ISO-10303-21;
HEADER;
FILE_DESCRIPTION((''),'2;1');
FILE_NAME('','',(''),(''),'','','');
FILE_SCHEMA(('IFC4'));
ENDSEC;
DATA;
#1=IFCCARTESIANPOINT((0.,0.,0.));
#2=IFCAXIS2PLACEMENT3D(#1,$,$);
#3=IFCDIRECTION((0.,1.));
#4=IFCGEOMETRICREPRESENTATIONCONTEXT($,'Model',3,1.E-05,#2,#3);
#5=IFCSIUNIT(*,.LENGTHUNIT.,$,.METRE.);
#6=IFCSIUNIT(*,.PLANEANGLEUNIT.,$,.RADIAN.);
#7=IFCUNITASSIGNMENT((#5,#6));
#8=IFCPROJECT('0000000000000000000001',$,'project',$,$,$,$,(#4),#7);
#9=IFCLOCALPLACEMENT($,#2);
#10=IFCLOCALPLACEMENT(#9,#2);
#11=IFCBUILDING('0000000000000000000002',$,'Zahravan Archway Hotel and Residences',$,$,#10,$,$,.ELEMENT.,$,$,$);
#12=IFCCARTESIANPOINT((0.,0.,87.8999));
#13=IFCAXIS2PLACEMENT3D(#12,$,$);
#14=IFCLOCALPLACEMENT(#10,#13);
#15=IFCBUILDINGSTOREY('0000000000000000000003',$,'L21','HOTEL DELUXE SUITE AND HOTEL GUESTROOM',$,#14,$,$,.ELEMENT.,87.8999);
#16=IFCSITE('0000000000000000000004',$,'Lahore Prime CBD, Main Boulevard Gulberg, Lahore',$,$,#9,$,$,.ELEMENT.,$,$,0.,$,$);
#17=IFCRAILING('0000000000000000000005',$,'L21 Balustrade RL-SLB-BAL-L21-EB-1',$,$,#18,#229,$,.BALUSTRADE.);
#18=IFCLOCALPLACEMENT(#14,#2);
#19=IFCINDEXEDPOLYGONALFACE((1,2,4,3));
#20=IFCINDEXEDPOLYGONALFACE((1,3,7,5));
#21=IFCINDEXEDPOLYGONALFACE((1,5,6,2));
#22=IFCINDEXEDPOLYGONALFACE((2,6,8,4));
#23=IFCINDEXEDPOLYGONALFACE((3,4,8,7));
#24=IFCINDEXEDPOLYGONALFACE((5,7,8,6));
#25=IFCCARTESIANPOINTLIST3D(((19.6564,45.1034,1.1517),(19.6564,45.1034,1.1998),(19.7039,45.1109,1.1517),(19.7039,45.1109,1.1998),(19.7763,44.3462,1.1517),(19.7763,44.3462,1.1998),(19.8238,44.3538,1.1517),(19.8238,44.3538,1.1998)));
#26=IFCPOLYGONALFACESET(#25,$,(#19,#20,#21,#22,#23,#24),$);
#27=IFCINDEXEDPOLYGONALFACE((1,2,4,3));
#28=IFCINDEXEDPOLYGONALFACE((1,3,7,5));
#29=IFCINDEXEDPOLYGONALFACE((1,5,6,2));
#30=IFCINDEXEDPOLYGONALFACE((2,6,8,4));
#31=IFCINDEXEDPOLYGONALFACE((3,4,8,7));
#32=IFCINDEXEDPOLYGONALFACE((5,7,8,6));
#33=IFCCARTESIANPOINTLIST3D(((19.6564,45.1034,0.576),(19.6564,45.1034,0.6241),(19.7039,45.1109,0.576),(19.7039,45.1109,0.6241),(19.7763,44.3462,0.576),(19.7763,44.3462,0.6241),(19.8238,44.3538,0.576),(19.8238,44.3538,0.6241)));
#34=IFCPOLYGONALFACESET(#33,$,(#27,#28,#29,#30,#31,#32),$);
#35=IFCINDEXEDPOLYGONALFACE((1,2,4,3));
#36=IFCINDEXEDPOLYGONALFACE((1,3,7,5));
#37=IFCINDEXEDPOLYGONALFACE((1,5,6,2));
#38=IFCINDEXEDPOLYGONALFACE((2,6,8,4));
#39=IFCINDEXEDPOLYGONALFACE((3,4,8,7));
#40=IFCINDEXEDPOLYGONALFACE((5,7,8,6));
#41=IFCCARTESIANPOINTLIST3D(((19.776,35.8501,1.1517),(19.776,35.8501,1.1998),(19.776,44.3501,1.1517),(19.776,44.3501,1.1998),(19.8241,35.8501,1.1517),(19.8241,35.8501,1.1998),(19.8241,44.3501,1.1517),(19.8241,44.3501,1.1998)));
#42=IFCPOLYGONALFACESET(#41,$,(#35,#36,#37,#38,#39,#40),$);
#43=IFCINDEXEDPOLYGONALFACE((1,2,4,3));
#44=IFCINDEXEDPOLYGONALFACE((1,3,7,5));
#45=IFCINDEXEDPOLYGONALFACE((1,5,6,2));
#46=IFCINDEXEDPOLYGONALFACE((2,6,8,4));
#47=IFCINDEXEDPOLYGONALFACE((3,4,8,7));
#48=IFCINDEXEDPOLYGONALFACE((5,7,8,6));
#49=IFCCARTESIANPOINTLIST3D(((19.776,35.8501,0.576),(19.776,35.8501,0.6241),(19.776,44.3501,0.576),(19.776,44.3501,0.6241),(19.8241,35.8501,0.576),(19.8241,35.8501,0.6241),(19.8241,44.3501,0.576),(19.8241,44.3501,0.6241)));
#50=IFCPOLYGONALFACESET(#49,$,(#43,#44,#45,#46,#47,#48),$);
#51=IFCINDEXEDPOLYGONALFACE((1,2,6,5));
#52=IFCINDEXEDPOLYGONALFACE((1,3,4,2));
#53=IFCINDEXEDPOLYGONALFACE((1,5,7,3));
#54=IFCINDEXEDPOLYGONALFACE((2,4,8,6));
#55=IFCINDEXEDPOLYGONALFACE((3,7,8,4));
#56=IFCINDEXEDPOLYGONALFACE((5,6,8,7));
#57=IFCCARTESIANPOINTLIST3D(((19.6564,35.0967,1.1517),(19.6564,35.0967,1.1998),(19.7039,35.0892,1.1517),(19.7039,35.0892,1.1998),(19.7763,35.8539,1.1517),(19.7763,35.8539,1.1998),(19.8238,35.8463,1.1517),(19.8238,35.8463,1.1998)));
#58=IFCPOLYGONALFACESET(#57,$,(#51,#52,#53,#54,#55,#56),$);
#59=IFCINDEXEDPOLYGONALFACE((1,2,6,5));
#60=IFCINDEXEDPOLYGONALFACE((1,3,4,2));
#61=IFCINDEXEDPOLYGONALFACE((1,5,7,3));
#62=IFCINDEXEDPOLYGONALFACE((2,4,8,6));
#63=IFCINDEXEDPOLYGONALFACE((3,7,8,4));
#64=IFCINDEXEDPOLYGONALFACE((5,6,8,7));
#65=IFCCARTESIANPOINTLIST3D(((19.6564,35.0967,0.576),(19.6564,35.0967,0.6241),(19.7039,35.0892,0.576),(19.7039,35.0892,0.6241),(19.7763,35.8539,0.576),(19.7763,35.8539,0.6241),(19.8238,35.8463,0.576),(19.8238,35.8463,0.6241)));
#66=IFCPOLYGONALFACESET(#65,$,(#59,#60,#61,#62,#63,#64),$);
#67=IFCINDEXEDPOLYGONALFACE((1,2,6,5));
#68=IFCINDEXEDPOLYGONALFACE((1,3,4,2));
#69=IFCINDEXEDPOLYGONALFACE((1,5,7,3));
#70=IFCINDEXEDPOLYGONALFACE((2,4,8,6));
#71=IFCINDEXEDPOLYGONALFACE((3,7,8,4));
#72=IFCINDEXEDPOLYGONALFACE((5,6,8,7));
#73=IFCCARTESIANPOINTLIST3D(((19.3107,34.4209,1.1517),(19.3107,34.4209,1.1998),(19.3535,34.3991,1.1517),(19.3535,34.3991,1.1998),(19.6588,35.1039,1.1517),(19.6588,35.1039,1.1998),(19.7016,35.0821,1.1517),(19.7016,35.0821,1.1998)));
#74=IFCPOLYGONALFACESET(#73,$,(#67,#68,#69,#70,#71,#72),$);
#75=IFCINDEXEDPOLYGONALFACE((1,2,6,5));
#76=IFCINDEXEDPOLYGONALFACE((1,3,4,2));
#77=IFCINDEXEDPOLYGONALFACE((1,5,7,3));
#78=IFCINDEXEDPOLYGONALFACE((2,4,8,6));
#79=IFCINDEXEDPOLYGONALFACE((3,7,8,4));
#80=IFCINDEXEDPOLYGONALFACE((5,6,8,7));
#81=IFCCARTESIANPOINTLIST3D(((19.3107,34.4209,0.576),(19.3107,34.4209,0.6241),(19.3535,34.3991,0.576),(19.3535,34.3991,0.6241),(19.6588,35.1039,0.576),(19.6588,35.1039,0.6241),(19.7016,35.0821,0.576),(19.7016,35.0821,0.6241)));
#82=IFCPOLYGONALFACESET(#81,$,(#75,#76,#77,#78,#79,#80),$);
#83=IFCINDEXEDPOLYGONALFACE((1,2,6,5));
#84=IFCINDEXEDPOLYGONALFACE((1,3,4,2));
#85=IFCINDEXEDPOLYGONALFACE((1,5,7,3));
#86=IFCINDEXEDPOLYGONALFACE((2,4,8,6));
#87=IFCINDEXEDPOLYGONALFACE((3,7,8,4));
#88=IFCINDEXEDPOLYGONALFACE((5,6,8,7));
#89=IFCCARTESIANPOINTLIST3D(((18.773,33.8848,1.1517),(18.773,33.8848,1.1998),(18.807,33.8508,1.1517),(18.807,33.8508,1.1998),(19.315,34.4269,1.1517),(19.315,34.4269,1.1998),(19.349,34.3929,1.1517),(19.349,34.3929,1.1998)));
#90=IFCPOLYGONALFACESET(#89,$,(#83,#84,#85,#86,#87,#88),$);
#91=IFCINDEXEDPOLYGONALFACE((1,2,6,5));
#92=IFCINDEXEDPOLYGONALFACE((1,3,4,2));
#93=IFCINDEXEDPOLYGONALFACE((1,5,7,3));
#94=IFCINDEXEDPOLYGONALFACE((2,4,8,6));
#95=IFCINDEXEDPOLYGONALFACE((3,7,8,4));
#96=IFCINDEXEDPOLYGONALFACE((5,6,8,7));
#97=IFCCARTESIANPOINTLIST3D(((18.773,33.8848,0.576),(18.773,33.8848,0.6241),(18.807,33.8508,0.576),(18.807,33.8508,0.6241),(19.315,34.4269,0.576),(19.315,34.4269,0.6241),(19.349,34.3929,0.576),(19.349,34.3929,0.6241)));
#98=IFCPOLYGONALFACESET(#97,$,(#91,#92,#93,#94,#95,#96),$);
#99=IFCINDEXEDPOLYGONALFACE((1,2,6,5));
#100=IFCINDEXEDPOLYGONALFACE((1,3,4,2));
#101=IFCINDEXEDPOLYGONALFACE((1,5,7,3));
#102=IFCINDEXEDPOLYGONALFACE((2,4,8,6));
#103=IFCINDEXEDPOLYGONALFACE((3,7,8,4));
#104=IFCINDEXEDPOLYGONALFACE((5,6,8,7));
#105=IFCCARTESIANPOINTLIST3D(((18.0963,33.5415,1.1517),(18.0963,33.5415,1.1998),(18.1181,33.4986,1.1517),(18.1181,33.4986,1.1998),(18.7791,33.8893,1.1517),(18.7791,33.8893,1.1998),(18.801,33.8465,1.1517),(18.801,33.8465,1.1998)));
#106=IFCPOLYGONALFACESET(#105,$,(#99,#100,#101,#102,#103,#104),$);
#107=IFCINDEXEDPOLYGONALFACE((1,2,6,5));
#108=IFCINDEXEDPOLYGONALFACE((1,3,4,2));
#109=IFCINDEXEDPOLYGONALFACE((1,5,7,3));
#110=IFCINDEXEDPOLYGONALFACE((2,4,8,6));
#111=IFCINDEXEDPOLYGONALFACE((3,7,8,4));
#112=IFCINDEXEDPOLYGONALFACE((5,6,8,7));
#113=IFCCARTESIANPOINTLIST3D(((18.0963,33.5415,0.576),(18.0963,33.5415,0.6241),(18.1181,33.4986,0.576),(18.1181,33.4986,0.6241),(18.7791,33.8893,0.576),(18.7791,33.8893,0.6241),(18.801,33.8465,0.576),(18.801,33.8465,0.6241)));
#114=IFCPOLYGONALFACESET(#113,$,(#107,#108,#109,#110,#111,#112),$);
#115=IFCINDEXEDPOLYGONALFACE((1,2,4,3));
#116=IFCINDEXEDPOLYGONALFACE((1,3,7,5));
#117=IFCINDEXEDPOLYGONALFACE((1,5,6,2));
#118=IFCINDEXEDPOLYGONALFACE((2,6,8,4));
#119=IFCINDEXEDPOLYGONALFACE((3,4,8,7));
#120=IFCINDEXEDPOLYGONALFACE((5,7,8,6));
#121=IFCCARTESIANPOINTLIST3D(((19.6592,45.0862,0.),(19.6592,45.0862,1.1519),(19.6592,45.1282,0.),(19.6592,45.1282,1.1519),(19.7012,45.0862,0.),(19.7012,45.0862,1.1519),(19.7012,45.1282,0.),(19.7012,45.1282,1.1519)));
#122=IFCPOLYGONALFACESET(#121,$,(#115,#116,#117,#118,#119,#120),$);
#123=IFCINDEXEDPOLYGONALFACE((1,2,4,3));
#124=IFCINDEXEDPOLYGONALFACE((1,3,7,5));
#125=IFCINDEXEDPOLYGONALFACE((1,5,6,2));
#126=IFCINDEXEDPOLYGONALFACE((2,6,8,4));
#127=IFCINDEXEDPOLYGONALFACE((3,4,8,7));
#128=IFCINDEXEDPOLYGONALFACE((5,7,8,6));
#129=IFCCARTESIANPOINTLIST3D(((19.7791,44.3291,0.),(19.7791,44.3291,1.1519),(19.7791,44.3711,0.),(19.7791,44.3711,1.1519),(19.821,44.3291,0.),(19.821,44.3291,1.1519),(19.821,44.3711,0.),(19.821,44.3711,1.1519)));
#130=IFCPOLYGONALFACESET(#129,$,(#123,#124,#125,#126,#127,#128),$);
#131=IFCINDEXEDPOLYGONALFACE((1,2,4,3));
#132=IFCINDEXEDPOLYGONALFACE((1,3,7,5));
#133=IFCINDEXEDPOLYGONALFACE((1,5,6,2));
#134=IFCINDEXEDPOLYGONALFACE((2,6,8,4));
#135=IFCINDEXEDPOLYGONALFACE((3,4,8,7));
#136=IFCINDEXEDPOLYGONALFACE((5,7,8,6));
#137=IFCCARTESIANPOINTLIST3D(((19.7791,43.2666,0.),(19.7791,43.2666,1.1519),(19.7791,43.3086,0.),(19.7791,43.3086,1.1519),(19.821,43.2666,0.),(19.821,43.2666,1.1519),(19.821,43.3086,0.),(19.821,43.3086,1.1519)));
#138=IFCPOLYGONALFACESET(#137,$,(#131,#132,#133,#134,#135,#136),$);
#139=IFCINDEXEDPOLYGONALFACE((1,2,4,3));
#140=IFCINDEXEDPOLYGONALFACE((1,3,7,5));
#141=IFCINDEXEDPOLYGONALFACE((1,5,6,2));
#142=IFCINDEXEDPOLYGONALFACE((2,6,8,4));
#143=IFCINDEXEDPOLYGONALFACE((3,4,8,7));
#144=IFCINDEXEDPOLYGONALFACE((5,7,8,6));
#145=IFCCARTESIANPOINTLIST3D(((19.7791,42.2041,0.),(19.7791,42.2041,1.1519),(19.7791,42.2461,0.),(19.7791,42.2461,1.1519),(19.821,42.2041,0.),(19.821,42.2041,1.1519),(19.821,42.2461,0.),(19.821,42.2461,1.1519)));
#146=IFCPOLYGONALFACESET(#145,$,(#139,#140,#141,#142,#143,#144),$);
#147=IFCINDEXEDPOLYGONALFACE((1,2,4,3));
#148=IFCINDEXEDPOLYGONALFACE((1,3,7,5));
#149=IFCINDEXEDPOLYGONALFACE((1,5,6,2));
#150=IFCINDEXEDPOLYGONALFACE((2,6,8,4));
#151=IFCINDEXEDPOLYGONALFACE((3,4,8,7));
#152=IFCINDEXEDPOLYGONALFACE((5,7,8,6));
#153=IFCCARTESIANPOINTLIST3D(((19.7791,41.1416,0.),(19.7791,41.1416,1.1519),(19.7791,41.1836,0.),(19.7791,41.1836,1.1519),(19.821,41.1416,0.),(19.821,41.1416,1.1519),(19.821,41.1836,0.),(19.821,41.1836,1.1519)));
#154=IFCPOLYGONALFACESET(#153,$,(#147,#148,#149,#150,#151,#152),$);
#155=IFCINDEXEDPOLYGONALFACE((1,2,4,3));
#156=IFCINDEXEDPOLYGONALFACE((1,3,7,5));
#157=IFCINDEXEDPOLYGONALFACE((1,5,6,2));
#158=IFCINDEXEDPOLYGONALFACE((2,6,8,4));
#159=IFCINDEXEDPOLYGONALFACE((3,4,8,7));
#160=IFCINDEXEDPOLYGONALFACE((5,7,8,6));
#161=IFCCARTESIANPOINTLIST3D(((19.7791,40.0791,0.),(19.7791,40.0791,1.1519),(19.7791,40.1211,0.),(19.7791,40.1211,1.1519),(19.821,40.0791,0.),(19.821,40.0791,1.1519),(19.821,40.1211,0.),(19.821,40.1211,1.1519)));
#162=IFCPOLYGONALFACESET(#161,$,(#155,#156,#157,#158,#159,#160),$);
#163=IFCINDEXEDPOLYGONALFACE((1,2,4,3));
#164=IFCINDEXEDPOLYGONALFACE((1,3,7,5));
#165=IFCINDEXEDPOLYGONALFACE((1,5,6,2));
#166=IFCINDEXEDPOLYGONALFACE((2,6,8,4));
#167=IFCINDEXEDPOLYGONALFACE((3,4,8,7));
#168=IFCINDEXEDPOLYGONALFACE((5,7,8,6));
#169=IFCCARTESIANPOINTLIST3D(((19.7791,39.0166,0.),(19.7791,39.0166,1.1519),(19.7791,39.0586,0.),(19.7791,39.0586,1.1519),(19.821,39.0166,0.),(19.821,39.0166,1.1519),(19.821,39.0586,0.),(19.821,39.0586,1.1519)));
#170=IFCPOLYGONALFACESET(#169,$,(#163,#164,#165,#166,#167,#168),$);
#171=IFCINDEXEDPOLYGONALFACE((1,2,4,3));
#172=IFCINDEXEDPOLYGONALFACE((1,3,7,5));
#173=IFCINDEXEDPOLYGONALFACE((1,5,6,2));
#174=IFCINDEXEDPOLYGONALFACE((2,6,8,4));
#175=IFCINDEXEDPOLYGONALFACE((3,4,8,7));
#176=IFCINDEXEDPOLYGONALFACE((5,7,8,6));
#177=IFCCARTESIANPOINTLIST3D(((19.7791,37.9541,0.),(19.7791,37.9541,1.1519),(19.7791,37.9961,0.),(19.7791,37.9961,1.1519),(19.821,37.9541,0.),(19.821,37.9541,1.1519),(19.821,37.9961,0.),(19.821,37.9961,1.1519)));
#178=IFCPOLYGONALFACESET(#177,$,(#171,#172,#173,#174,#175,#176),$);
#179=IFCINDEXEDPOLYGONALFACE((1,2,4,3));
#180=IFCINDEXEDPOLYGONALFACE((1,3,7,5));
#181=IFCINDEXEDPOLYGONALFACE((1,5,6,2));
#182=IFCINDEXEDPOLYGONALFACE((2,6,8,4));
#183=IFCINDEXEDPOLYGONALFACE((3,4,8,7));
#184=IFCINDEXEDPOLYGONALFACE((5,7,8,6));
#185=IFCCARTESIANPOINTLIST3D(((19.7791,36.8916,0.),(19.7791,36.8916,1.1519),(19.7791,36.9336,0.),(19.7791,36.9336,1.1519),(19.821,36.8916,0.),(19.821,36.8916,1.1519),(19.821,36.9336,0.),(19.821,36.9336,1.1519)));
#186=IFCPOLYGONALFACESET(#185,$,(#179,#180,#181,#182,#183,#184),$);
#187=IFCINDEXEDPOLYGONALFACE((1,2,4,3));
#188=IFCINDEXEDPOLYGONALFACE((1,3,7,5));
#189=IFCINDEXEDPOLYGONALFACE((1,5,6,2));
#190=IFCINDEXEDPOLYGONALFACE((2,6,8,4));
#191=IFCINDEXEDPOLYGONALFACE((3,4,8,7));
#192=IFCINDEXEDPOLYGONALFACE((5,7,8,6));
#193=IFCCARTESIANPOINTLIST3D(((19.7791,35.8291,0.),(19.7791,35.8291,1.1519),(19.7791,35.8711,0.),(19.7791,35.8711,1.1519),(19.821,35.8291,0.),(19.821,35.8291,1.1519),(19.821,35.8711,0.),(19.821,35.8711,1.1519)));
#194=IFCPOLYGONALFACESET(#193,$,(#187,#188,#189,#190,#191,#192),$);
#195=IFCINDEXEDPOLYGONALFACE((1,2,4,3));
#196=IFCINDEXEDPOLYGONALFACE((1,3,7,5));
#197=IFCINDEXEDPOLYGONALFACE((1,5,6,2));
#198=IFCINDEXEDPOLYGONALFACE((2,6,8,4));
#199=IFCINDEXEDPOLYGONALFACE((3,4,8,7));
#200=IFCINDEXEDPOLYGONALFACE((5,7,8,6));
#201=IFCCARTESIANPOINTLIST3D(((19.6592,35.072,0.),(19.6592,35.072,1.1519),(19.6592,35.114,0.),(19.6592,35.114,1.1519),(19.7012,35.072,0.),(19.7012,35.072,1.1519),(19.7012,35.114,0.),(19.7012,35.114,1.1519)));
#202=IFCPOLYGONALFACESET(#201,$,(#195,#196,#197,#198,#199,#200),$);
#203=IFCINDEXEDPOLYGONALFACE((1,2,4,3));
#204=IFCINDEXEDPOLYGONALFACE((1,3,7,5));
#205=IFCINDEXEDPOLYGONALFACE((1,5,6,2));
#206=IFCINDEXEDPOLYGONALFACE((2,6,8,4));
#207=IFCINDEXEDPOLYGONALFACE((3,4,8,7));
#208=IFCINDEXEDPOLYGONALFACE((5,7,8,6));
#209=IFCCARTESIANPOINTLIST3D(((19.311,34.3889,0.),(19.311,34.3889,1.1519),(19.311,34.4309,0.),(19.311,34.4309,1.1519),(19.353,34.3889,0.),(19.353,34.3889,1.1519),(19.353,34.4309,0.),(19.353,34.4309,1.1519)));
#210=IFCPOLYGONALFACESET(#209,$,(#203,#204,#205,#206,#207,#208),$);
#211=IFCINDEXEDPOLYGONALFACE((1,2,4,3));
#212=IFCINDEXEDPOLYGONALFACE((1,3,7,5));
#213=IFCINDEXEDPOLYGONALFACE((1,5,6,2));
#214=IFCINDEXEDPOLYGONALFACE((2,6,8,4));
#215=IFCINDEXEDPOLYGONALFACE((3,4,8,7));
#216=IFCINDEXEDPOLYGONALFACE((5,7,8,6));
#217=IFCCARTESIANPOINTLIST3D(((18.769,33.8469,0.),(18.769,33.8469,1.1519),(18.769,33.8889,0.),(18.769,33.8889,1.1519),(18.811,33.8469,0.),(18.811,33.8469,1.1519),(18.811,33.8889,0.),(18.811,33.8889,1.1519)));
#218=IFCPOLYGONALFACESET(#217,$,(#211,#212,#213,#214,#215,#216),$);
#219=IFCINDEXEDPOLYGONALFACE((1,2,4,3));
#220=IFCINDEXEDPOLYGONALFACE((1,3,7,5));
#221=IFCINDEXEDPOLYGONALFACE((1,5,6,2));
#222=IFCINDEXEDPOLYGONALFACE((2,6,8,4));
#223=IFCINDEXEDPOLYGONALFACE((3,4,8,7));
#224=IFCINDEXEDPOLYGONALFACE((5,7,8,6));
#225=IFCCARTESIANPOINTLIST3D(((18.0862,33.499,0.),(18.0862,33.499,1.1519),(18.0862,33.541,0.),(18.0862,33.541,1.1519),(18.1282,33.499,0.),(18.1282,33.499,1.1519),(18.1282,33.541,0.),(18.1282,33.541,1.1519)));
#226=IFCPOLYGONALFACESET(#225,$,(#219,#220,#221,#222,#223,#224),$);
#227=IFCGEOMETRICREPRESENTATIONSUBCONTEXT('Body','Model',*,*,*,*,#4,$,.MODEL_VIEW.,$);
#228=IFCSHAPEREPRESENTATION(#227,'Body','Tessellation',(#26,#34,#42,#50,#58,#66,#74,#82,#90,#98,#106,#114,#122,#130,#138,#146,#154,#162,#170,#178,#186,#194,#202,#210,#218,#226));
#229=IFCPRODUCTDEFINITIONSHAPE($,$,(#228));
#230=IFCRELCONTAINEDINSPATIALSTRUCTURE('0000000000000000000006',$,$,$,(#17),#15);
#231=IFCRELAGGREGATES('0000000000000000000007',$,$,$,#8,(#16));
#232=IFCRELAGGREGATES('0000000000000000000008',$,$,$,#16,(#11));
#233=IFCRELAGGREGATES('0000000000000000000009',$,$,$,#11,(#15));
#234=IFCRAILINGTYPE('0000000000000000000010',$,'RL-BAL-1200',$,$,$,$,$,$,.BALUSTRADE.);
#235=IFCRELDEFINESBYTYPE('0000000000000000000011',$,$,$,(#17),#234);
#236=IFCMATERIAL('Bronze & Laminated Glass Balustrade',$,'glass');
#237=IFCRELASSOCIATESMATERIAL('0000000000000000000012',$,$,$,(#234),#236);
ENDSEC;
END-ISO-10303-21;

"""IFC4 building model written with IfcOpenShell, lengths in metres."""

from ifc_helpers import new_model, si_unit, direction, frame, origin, origin_2d, place, context, subcontext, project, spatial, rectangle, extrude, material, type_object, element, save


model = new_model("IFC4")

# Units and contexts
model_context = context("Model", 3, precision=1e-05, world=origin(), true_north=direction((0.0, 1.0)))
body_context = subcontext(model_context, "Body", "Model", "MODEL_VIEW")
ifc_project = project(units=[si_unit("LENGTHUNIT", "METRE"), si_unit("PLANEANGLEUNIT", "RADIAN")], contexts=[model_context])

# Site, building, storey
site_placement = place(None, origin())
site = spatial("IfcSite", under=ifc_project, at=site_placement, Name="Lahore Prime CBD, Main Boulevard Gulberg, Lahore", CompositionType="ELEMENT", RefElevation=0.0)
building_placement = place(site_placement, origin())
building = spatial("IfcBuilding", under=site, at=building_placement, Name="Zahravan Archway Hotel and Residences", CompositionType="ELEMENT")
storey_placement = place(building_placement, frame((0.0, 0.0, 87.8999)))
storey = spatial("IfcBuildingStorey", under=building, at=storey_placement, Name="L21", Description="HOTEL DELUXE SUITE AND HOTEL GUESTROOM", CompositionType="ELEMENT", Elevation=87.8999)

# Railing
ifc_material_1 = material(Name="Bronze & Laminated Glass Balustrade", Category="glass")
railing_type = type_object("IfcRailingType", Name="RL-BAL-1200", PredefinedType="BALUSTRADE", material=ifc_material_1)
railing_placement = place(storey_placement, frame((19.6802, 45.1072, 0.0)))
element("IfcRailing", 1, at=railing_placement, inside=storey, type_object=railing_type, Name="L21 Balustrade RL-SLB-BAL-L21-EB-1", PredefinedType="BALUSTRADE", context=body_context, shape_type="SweptSolid", body=[
    extrude(rectangle(XDim=0.0481, YDim=0.0481, at=origin_2d()), frame((0.0, 0.0, 1.1758), z_axis=(0.156388, -0.987696, 0.0), x_axis=(0.987696, 0.156388, 0.0)), (0.0, 0.0, 1.0), 0.7666),
    extrude(rectangle(XDim=0.0481, YDim=0.0481, at=origin_2d()), frame((0.0, 0.0, 0.6001), z_axis=(0.156388, -0.987696, 0.0), x_axis=(0.987696, 0.156388, 0.0)), (0.0, 0.0, 1.0), 0.7666),
    extrude(rectangle(XDim=0.0481, YDim=0.0481, at=origin_2d()), frame((0.1199, -0.7571, 1.1758), z_axis=(0.0, -1.0, 0.0), x_axis=(1.0, 0.0, 0.0)), (0.0, 0.0, 1.0), 8.5),
    extrude(rectangle(XDim=0.0481, YDim=0.0481, at=origin_2d()), frame((0.1199, -0.7571, 0.6001), z_axis=(0.0, -1.0, 0.0), x_axis=(1.0, 0.0, 0.0)), (0.0, 0.0, 1.0), 8.5),
    extrude(rectangle(XDim=0.0481, YDim=0.0481, at=origin_2d()), frame((0.1199, -9.2571, 1.1758), z_axis=(-0.156388, -0.987696, 0.0), x_axis=(0.987696, -0.156388, 0.0)), (0.0, 0.0, 1.0), 0.7666),
    extrude(rectangle(XDim=0.0481, YDim=0.0481, at=origin_2d()), frame((0.1199, -9.2571, 0.6001), z_axis=(-0.156388, -0.987696, 0.0), x_axis=(0.987696, -0.156388, 0.0)), (0.0, 0.0, 1.0), 0.7666),
    extrude(rectangle(XDim=0.0481, YDim=0.0481, at=origin_2d()), frame((0.0, -10.0142, 1.1758), z_axis=(-0.454078, -0.890962, 0.0), x_axis=(0.890962, -0.454078, 0.0)), (0.0, 0.0, 1.0), 0.7666),
    extrude(rectangle(XDim=0.0481, YDim=0.0481, at=origin_2d()), frame((0.0, -10.0142, 0.6001), z_axis=(-0.454078, -0.890962, 0.0), x_axis=(0.890962, -0.454078, 0.0)), (0.0, 0.0, 1.0), 0.7666),
    extrude(rectangle(XDim=0.0481, YDim=0.0481, at=origin_2d()), frame((-0.3481, -10.6973, 1.1758), z_axis=(-0.707107, -0.707107, 0.0), x_axis=(0.707107, -0.707107, 0.0)), (0.0, 0.0, 1.0), 0.7666),
    extrude(rectangle(XDim=0.0481, YDim=0.0481, at=origin_2d()), frame((-0.3481, -10.6973, 0.6001), z_axis=(-0.707107, -0.707107, 0.0), x_axis=(0.707107, -0.707107, 0.0)), (0.0, 0.0, 1.0), 0.7666),
    extrude(rectangle(XDim=0.0481, YDim=0.0481, at=origin_2d()), frame((-0.8901, -11.2393, 1.1758), z_axis=(-0.891025, -0.453954, 0.0), x_axis=(0.453954, -0.891025, 0.0)), (0.0, 0.0, 1.0), 0.7664),
    extrude(rectangle(XDim=0.0481, YDim=0.0481, at=origin_2d()), frame((-0.8901, -11.2393, 0.6001), z_axis=(-0.891025, -0.453954, 0.0), x_axis=(0.453954, -0.891025, 0.0)), (0.0, 0.0, 1.0), 0.7664),
    extrude(rectangle(XDim=0.042, YDim=0.042, at=origin_2d()), origin(), (0.0, 0.0, 1.0), 1.1519),
    extrude(rectangle(XDim=0.042, YDim=0.042, at=origin_2d()), frame((0.1199, -0.7571, 0.0)), (0.0, 0.0, 1.0), 1.1519),
    extrude(rectangle(XDim=0.042, YDim=0.042, at=origin_2d()), frame((0.1199, -1.8196, 0.0)), (0.0, 0.0, 1.0), 1.1519),
    extrude(rectangle(XDim=0.042, YDim=0.042, at=origin_2d()), frame((0.1199, -2.8821, 0.0)), (0.0, 0.0, 1.0), 1.1519),
    extrude(rectangle(XDim=0.042, YDim=0.042, at=origin_2d()), frame((0.1199, -3.9446, 0.0)), (0.0, 0.0, 1.0), 1.1519),
    extrude(rectangle(XDim=0.042, YDim=0.042, at=origin_2d()), frame((0.1199, -5.0071, 0.0)), (0.0, 0.0, 1.0), 1.1519),
    extrude(rectangle(XDim=0.042, YDim=0.042, at=origin_2d()), frame((0.1199, -6.0696, 0.0)), (0.0, 0.0, 1.0), 1.1519),
    extrude(rectangle(XDim=0.042, YDim=0.042, at=origin_2d()), frame((0.1199, -7.1321, 0.0)), (0.0, 0.0, 1.0), 1.1519),
    extrude(rectangle(XDim=0.042, YDim=0.042, at=origin_2d()), frame((0.1199, -8.1946, 0.0)), (0.0, 0.0, 1.0), 1.1519),
    extrude(rectangle(XDim=0.042, YDim=0.042, at=origin_2d()), frame((0.1199, -9.2571, 0.0)), (0.0, 0.0, 1.0), 1.1519),
    extrude(rectangle(XDim=0.042, YDim=0.042, at=origin_2d()), frame((0.0, -10.0142, 0.0)), (0.0, 0.0, 1.0), 1.1519),
    extrude(rectangle(XDim=0.042, YDim=0.042, at=origin_2d()), frame((-0.3481, -10.6973, 0.0)), (0.0, 0.0, 1.0), 1.1519),
    extrude(rectangle(XDim=0.042, YDim=0.042, at=origin_2d()), frame((-0.8901, -11.2393, 0.0)), (0.0, 0.0, 1.0), 1.1519),
    extrude(rectangle(XDim=0.042, YDim=0.042, at=origin_2d()), frame((-1.573, -11.5872, 0.0)), (0.0, 0.0, 1.0), 1.1519),
])

save(model, "model.ifc")
